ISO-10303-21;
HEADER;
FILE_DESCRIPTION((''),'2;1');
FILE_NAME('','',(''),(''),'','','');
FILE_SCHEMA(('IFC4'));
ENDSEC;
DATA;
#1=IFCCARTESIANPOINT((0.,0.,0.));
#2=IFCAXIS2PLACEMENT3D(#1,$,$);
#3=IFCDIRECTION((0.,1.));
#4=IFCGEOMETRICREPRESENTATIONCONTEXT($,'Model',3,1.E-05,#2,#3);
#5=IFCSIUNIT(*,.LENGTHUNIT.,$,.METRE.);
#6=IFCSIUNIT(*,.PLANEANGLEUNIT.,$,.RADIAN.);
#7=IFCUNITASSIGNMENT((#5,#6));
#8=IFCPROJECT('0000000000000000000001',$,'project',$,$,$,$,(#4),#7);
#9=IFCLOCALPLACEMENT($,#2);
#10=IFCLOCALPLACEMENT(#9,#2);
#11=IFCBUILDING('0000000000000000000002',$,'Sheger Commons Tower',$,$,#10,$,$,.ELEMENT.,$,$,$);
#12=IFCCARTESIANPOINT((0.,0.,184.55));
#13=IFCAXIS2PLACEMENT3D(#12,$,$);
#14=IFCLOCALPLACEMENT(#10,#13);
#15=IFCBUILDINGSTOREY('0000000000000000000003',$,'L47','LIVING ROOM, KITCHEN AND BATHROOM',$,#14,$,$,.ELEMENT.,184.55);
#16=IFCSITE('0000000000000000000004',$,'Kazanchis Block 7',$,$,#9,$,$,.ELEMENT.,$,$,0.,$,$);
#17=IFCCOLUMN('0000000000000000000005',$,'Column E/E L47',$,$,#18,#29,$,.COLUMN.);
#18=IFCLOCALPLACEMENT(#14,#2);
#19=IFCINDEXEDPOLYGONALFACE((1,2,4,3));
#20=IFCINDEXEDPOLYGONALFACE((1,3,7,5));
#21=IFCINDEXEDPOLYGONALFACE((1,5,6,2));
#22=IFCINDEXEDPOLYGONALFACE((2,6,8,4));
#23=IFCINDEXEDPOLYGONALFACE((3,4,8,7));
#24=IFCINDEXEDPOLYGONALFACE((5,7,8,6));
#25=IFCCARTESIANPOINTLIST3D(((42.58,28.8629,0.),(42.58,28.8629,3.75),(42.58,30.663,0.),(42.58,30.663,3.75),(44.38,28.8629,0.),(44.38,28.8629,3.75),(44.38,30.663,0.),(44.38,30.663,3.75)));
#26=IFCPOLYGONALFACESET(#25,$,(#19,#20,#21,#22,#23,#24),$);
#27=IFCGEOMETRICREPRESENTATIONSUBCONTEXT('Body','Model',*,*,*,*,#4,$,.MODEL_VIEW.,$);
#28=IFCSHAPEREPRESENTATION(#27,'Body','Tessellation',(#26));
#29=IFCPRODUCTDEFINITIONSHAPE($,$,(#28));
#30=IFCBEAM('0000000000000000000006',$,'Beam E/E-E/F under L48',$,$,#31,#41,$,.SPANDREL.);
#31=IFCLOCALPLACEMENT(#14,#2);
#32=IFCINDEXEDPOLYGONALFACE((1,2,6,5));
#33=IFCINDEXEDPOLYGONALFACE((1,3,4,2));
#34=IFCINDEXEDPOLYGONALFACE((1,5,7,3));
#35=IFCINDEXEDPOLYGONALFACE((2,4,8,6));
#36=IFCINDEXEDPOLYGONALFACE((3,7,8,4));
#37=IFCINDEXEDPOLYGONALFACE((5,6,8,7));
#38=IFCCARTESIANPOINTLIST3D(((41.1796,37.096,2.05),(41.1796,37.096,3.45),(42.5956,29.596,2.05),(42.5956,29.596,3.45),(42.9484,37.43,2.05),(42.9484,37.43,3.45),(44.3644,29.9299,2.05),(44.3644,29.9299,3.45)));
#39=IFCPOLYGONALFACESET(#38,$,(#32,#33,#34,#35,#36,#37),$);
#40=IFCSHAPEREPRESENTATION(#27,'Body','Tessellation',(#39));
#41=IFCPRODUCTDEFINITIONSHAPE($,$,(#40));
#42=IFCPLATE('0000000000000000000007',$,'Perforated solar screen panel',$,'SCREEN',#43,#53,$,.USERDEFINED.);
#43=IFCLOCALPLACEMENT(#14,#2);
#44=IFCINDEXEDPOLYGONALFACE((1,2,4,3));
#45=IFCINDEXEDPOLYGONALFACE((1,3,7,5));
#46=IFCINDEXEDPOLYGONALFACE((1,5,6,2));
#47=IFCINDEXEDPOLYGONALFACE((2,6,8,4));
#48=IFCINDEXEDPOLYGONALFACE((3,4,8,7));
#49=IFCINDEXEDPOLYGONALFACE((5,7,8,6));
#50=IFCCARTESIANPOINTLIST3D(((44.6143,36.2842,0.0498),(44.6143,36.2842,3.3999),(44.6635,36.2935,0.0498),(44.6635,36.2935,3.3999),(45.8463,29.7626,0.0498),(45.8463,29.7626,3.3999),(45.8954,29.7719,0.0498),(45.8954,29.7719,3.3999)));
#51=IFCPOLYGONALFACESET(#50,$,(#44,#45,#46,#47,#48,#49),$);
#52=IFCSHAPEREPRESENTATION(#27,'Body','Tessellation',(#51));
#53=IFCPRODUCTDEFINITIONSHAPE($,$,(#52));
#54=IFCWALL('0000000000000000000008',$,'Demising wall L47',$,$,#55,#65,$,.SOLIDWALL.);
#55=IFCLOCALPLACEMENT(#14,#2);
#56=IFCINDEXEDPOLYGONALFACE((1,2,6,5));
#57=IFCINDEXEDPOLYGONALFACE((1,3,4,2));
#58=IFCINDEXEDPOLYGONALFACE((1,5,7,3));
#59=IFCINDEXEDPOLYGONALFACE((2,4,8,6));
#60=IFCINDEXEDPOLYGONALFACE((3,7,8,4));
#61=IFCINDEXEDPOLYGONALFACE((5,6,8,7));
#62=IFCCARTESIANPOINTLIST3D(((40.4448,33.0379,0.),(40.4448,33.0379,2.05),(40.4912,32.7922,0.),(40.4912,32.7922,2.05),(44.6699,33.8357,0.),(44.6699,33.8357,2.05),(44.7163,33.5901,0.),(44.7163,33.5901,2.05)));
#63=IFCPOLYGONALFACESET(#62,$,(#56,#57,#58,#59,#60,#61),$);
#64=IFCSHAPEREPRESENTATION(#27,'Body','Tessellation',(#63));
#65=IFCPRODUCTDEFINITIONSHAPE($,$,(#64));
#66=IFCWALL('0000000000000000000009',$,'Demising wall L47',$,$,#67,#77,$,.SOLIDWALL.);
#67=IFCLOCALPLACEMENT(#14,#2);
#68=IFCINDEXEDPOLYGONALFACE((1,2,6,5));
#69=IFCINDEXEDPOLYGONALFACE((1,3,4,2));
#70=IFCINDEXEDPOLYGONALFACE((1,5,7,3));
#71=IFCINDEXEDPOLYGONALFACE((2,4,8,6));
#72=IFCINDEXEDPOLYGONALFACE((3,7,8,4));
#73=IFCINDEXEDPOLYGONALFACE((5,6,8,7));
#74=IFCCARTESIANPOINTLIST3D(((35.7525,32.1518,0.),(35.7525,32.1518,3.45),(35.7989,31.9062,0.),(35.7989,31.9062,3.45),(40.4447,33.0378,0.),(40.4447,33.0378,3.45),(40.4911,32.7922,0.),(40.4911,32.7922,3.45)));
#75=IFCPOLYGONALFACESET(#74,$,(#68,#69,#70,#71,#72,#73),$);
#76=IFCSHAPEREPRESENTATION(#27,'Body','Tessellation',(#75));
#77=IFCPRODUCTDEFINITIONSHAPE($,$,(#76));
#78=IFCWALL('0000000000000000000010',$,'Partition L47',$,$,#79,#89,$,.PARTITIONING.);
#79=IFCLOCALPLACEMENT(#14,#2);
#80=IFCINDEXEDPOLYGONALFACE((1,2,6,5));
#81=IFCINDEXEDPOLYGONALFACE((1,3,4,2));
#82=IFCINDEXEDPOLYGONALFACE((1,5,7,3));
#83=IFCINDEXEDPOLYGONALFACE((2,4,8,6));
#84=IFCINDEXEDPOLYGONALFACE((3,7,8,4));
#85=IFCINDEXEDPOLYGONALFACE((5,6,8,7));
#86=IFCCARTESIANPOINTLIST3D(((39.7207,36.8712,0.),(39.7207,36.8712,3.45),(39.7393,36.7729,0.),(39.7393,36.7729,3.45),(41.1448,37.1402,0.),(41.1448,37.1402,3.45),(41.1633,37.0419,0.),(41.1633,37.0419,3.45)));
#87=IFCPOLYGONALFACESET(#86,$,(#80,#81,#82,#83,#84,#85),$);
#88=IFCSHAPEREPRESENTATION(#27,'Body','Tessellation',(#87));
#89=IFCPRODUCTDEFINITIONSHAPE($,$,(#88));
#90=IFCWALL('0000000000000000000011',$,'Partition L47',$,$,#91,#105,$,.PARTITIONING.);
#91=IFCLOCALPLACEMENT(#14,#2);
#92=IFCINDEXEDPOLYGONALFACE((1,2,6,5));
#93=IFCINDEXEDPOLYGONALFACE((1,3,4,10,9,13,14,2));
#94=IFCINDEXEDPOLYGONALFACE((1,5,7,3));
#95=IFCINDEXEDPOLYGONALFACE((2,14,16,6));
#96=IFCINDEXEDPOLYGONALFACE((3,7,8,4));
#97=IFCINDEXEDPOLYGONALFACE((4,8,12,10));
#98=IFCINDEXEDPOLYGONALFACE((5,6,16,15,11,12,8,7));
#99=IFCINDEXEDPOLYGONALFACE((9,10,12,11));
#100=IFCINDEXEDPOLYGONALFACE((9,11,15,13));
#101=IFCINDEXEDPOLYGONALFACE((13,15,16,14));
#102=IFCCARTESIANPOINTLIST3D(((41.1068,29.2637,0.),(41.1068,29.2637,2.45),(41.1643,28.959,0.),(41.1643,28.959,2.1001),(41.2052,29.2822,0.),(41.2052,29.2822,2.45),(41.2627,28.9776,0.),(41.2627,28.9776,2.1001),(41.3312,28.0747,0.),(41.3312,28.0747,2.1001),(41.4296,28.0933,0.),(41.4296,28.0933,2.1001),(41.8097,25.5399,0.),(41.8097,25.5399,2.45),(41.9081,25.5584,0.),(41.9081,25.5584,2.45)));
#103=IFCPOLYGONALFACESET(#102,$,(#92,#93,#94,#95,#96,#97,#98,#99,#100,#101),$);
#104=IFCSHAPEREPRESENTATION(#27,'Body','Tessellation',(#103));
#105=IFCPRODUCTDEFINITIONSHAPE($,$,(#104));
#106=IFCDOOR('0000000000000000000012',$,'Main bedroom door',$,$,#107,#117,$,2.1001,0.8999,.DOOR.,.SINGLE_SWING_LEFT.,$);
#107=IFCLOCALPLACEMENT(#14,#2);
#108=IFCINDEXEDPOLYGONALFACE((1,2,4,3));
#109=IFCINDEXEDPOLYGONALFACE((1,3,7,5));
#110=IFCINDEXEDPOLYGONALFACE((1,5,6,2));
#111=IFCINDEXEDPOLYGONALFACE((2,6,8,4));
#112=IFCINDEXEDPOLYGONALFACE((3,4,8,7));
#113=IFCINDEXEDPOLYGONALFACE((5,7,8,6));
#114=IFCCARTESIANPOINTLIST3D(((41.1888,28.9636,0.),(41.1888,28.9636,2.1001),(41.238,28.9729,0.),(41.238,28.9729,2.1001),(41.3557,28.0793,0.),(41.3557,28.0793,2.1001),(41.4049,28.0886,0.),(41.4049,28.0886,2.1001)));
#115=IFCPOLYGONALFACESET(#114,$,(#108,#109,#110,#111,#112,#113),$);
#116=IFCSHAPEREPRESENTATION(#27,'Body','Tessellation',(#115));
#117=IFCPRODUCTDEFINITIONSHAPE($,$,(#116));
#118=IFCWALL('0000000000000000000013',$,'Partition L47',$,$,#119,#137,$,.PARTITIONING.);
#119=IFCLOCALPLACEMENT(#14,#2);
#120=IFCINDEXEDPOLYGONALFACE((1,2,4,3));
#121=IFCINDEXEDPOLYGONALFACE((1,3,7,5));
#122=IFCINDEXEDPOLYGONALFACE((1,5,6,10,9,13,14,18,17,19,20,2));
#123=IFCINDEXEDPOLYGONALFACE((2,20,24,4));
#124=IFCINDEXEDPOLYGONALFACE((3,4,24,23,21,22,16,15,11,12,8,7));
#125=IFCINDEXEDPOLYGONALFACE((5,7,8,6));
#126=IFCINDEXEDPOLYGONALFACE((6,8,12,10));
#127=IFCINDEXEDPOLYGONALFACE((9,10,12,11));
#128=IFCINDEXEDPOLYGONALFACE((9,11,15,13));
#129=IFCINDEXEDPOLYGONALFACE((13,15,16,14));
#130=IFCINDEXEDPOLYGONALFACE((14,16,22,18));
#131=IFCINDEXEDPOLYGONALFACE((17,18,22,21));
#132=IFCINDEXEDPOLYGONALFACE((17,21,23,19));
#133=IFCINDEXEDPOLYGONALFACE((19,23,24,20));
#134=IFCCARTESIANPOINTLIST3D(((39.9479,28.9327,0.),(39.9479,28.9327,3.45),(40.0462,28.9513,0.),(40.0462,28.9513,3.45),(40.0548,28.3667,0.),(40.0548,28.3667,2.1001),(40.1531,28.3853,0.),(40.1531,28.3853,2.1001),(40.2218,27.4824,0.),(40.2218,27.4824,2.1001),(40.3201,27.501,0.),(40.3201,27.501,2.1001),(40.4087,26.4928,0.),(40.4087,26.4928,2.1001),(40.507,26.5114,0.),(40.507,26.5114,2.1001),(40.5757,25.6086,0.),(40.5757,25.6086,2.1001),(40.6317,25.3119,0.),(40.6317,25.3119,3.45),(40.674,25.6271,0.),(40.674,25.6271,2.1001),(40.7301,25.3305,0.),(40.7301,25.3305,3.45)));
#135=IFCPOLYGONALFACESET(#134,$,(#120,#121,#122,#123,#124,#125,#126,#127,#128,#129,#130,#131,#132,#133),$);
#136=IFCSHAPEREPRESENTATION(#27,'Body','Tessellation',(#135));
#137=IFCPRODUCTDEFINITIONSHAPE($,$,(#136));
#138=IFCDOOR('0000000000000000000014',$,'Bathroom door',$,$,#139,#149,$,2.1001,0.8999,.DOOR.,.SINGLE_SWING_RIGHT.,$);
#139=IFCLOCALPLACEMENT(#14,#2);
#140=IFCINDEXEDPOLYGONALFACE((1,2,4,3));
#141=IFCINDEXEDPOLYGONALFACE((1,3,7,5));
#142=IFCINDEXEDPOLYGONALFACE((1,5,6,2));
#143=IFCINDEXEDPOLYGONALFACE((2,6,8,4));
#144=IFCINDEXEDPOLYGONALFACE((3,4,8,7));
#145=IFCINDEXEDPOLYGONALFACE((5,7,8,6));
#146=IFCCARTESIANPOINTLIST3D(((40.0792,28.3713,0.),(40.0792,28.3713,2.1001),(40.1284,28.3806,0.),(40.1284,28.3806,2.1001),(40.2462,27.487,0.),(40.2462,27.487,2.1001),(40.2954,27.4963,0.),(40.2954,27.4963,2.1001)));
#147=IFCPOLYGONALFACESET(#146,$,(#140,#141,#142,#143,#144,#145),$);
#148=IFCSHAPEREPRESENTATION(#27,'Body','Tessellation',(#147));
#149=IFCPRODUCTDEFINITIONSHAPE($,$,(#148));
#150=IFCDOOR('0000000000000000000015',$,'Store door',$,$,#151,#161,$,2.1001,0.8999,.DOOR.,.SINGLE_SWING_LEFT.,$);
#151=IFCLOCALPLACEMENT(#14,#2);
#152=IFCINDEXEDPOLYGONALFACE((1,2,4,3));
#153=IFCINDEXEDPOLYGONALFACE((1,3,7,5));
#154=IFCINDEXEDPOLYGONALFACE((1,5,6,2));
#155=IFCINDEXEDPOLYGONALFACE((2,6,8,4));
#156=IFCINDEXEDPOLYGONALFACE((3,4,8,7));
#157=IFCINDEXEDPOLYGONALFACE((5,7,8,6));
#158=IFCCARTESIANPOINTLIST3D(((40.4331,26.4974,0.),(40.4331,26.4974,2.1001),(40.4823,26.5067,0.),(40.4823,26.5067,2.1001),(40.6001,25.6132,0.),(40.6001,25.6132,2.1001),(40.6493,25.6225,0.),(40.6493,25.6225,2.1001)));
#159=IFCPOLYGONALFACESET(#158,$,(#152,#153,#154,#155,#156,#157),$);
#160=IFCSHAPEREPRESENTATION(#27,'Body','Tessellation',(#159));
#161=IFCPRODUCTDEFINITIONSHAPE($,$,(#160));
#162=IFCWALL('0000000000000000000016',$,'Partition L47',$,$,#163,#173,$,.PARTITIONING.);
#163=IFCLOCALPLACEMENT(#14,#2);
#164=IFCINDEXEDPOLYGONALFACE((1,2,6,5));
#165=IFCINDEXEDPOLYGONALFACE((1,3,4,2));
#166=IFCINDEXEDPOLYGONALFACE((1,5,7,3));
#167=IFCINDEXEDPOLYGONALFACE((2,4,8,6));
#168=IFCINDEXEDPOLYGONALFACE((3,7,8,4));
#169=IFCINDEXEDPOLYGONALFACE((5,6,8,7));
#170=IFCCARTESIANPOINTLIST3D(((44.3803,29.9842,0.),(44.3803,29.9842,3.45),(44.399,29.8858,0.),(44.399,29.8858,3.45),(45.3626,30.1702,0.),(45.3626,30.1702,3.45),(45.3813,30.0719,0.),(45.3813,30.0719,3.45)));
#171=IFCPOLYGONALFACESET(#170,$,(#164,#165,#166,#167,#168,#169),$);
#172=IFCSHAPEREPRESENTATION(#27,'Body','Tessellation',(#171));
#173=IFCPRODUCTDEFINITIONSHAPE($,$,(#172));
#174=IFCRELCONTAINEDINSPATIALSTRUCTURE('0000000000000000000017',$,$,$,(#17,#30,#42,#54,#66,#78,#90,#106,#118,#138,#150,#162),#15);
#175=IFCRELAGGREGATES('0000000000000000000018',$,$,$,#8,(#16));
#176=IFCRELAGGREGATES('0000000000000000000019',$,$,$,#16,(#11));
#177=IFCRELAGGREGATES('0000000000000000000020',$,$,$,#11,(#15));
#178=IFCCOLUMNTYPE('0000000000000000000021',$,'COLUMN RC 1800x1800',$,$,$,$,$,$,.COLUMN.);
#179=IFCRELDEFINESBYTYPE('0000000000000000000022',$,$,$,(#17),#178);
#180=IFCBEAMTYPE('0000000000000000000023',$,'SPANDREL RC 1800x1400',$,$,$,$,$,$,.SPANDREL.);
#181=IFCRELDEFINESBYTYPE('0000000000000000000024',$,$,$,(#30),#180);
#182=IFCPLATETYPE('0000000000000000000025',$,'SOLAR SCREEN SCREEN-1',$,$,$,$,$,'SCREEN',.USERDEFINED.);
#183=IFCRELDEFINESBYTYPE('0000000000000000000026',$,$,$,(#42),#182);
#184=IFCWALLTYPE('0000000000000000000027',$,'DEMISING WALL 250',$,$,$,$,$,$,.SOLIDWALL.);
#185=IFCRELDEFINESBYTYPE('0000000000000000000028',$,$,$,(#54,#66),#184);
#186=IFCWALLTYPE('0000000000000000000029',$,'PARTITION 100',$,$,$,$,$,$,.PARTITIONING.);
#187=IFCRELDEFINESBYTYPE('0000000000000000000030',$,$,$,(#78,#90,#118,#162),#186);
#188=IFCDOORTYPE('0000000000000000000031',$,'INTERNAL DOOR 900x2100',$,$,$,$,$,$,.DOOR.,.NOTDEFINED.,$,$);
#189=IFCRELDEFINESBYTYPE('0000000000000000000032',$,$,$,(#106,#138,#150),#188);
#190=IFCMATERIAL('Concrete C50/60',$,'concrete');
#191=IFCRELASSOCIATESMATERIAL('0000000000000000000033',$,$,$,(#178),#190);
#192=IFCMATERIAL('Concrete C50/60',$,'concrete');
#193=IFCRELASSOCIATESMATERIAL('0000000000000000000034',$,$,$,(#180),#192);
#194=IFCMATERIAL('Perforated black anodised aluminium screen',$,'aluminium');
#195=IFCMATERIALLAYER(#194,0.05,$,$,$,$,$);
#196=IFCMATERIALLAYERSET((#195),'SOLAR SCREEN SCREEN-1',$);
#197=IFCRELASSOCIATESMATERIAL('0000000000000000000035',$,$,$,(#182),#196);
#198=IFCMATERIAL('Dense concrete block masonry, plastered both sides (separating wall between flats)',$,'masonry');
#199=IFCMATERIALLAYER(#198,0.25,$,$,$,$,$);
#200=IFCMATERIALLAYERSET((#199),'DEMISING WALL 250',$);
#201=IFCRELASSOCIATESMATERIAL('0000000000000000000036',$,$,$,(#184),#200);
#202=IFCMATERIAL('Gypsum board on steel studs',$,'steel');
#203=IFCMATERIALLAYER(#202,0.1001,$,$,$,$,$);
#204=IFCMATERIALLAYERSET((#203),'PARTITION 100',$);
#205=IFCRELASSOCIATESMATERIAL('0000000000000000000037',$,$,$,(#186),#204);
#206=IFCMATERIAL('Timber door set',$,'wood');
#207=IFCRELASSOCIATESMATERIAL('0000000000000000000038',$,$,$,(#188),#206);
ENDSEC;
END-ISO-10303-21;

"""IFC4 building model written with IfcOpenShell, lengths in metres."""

from ifc_helpers import new_model, si_unit, direction, frame, frame_2d, origin, origin_2d, place, context, subcontext, project, spatial, rectangle, extrude, material, layer, layer_set, material_profile, profile_set, type_object, element, fill, save


model = new_model("IFC4")

# Units and contexts
model_context = context("Model", 3, precision=1e-05, world=origin(), true_north=direction((0.0, 1.0)))
body_context = subcontext(model_context, "Body", "Model", "MODEL_VIEW")
ifc_project = project(units=[si_unit("LENGTHUNIT", "METRE"), si_unit("PLANEANGLEUNIT", "RADIAN")], contexts=[model_context])

# Site, building, storey
site_placement = place(None, origin())
site = spatial("IfcSite", under=ifc_project, at=site_placement, Name="Kazanchis Block 7", CompositionType="ELEMENT", RefElevation=0.0)
building_placement = place(site_placement, origin())
building = spatial("IfcBuilding", under=site, at=building_placement, Name="Sheger Commons Tower", CompositionType="ELEMENT")
storey_placement = place(building_placement, frame((0.0, 0.0, 184.55)))
storey = spatial("IfcBuildingStorey", under=building, at=storey_placement, Name="L47", Description="LIVING ROOM, KITCHEN AND BATHROOM", CompositionType="ELEMENT", Elevation=184.55)

# Column
ifc_material_1 = material(Name="Concrete C50/60", Category="concrete")
ifc_material_profile_1 = material_profile(ifc_material_1, rectangle(XDim=1.8, YDim=1.8, at=origin_2d()), Name="RC 1800x1800")
ifc_profile_set_1 = profile_set([ifc_material_profile_1], Name="Concrete C50/60")
column_type = type_object("IfcColumnType", Name="COLUMN RC 1800x1800", PredefinedType="COLUMN", material=ifc_profile_set_1)
column_placement = place(storey_placement, frame((43.48, 29.7629, 0.0), z_axis=(0.0, 0.0, 1.0), x_axis=(1.0, 0.0, 0.0)))
element("IfcColumn", 1, at=column_placement, inside=storey, type_object=column_type, Name="Column E/E L47", PredefinedType="COLUMN", context=body_context, shape_type="SweptSolid", body=[
    extrude(rectangle(XDim=1.8, YDim=1.8, at=origin_2d()), origin(), (0.0, 0.0, 1.0), 3.75),
])

# Beam
ifc_material_2 = material(Name="Concrete C50/60", Category="concrete")
ifc_material_profile_2 = material_profile(ifc_material_2, rectangle(XDim=1.8, YDim=1.3999, at=origin_2d()), Name="RC 1800x1400")
ifc_profile_set_2 = profile_set([ifc_material_profile_2], Name="Concrete C50/60")
beam_type = type_object("IfcBeamType", Name="SPANDREL RC 1800x1400", PredefinedType="SPANDREL", material=ifc_profile_set_2)
beam_placement = place(storey_placement, frame((43.48, 29.7629, 2.75), z_axis=(-0.185524, 0.98264, 0.0), x_axis=(-0.98264, -0.185524, 0.0)))
element("IfcBeam", 2, at=beam_placement, inside=storey, type_object=beam_type, Name="Beam E/E-E/F under L48", PredefinedType="SPANDREL", context=body_context, shape_type="SweptSolid", body=[
    extrude(rectangle(XDim=1.8, YDim=1.3999, at=origin_2d()), origin(), (0.0, 0.0, 1.0), 7.6326),
])

# Plate
ifc_material_3 = material(Name="Perforated black anodised aluminium screen", Category="aluminium")
ifc_layer_1 = layer(ifc_material_3, 0.05)
ifc_layer_set_1 = layer_set([ifc_layer_1], Name="SOLAR SCREEN SCREEN-1")
plate_type = type_object("IfcPlateType", Name="SOLAR SCREEN SCREEN-1", ElementType="SCREEN", PredefinedType="USERDEFINED", material=ifc_layer_set_1)
plate_placement = place(storey_placement, frame((45.2549, 33.0281, 0.0498), z_axis=(0.0, 0.0, 1.0), x_axis=(-0.185615, 0.982623, 0.0)))
element("IfcPlate", 3, at=plate_placement, inside=storey, type_object=plate_type, Name="Perforated solar screen panel", ObjectType="SCREEN", PredefinedType="USERDEFINED", context=body_context, shape_type="SweptSolid", body=[
    extrude(rectangle(XDim=6.637, YDim=0.05, at=origin_2d()), origin(), (0.0, 0.0, 1.0), 3.3501),
])

# Walls
ifc_material_4 = material(Name="Dense concrete block masonry, plastered both sides (separating wall between flats)", Category="masonry")
ifc_layer_2 = layer(ifc_material_4, 0.25)
ifc_layer_set_2 = layer_set([ifc_layer_2], Name="DEMISING WALL 250")
wall_type_1 = type_object("IfcWallType", Name="DEMISING WALL 250", PredefinedType="SOLIDWALL", material=ifc_layer_set_2)
wall_1_placement = place(storey_placement, frame((44.6931, 33.7129, 0.0), z_axis=(0.0, 0.0, 1.0), x_axis=(-0.982634, -0.185557, 0.0)))
element("IfcWall", 4, at=wall_1_placement, inside=storey, type_object=wall_type_1, Name="Demising wall L47", PredefinedType="SOLIDWALL", context=body_context, shape_type="SweptSolid", body=[
    extrude(rectangle(XDim=4.2998, YDim=0.25, at=frame_2d((2.1499, 0.0))), origin(), (0.0, 0.0, 1.0), 2.05),
])
wall_2_placement = place(storey_placement, frame((40.468, 32.915, 0.0), z_axis=(0.0, 0.0, 1.0), x_axis=(-0.982636, -0.185545, 0.0)))
element("IfcWall", 5, at=wall_2_placement, inside=storey, type_object=wall_type_1, Name="Demising wall L47", PredefinedType="SOLIDWALL", context=body_context, shape_type="SweptSolid", body=[
    extrude(rectangle(XDim=4.7751, YDim=0.25, at=frame_2d((2.3877, 0.0))), origin(), (0.0, 0.0, 1.0), 3.45),
])
ifc_material_5 = material(Name="Gypsum board on steel studs", Category="steel")
ifc_layer_3 = layer(ifc_material_5, 0.1001)
ifc_layer_set_3 = layer_set([ifc_layer_3], Name="PARTITION 100")
wall_type_2 = type_object("IfcWallType", Name="PARTITION 100", PredefinedType="PARTITIONING", material=ifc_layer_set_3)
wall_3_placement = place(storey_placement, frame((41.1541, 37.0911, 0.0), z_axis=(0.0, 0.0, 1.0), x_axis=(-0.982618, -0.185641, 0.0)))
element("IfcWall", 6, at=wall_3_placement, inside=storey, type_object=wall_type_2, Name="Partition L47", PredefinedType="PARTITIONING", context=body_context, shape_type="SweptSolid", body=[
    extrude(rectangle(XDim=1.4492, YDim=0.1001, at=frame_2d((0.7246, 0.0))), origin(), (0.0, 0.0, 1.0), 3.45),
])

# Wall, opening, door
wall_4_placement = place(storey_placement, frame((41.156, 29.2729, 0.0), z_axis=(0.0, 0.0, 1.0), x_axis=(0.185475, -0.982649, 0.0)))
wall_4 = element("IfcWall", 7, at=wall_4_placement, inside=storey, type_object=wall_type_2, Name="Partition L47", PredefinedType="PARTITIONING", context=body_context, shape_type="SweptSolid", body=[
    extrude(rectangle(XDim=3.7896, YDim=0.1001, at=frame_2d((1.8948, 0.0))), origin(), (0.0, 0.0, 1.0), 2.45),
])
opening_1_placement = place(wall_4_placement, frame((0.3101, 0.0, 0.0)))
opening_1 = element("IfcOpeningElement", 8, at=opening_1_placement, cuts=wall_4, PredefinedType="OPENING", context=body_context, shape_type="SweptSolid", body=[
    extrude(rectangle(XDim=0.8999, YDim=2.1001, at=frame_2d((0.45, 1.05))), frame((0.0, 0.0601, 0.0), z_axis=(0.0, -1.0, 0.0), x_axis=(1.0, 0.0, 0.0)), (0.0, 0.0, 1.0), 0.1201),
])
ifc_material_6 = material(Name="Timber door set", Category="wood")
door_type = type_object("IfcDoorType", Name="INTERNAL DOOR 900x2100", OperationType="NOTDEFINED", PredefinedType="DOOR", material=ifc_material_6)
door_1_placement = place(opening_1_placement, origin())
door_1 = element("IfcDoor", 9, at=door_1_placement, inside=storey, type_object=door_type, Name="Main bedroom door", OperationType="SINGLE_SWING_LEFT", OverallHeight=2.1001, OverallWidth=0.8999, PredefinedType="DOOR", context=body_context, shape_type="SweptSolid", body=[
    extrude(rectangle(XDim=0.8999, YDim=2.1001, at=frame_2d((0.45, 1.05))), frame((0.0, 0.0249, 0.0), z_axis=(0.0, -1.0, 0.0), x_axis=(1.0, 0.0, 0.0)), (0.0, 0.0, 1.0), 0.05),
])
fill(opening_1, door_1)

# Wall, openings, doors
wall_5_placement = place(storey_placement, frame((39.9971, 28.9419, 0.0), z_axis=(0.0, 0.0, 1.0), x_axis=(0.18558, -0.982629, 0.0)))
wall_5 = element("IfcWall", 10, at=wall_5_placement, inside=storey, type_object=wall_type_2, Name="Partition L47", PredefinedType="PARTITIONING", context=body_context, shape_type="SweptSolid", body=[
    extrude(rectangle(XDim=3.6848, YDim=0.1001, at=frame_2d((1.8423, 0.0))), origin(), (0.0, 0.0, 1.0), 3.45),
])
opening_2_placement = place(wall_5_placement, frame((0.5759, 0.0, 0.0)))
opening_2 = element("IfcOpeningElement", 11, at=opening_2_placement, cuts=wall_5, PredefinedType="OPENING", context=body_context, shape_type="SweptSolid", body=[
    extrude(rectangle(XDim=0.8999, YDim=2.1001, at=frame_2d((0.45, 1.05))), frame((0.0, 0.0601, 0.0), z_axis=(0.0, -1.0, 0.0), x_axis=(1.0, 0.0, 0.0)), (0.0, 0.0, 1.0), 0.1201),
])
opening_3_placement = place(wall_5_placement, frame((2.4829, 0.0, 0.0)))
opening_3 = element("IfcOpeningElement", 12, at=opening_3_placement, cuts=wall_5, PredefinedType="OPENING", context=body_context, shape_type="SweptSolid", body=[
    extrude(rectangle(XDim=0.8999, YDim=2.1001, at=frame_2d((0.45, 1.05))), frame((0.0, 0.0601, 0.0), z_axis=(0.0, -1.0, 0.0), x_axis=(1.0, 0.0, 0.0)), (0.0, 0.0, 1.0), 0.1201),
])
door_2_placement = place(opening_2_placement, origin())
door_2 = element("IfcDoor", 13, at=door_2_placement, inside=storey, type_object=door_type, Name="Bathroom door", OperationType="SINGLE_SWING_RIGHT", OverallHeight=2.1001, OverallWidth=0.8999, PredefinedType="DOOR", context=body_context, shape_type="SweptSolid", body=[
    extrude(rectangle(XDim=0.8999, YDim=2.1001, at=frame_2d((0.45, 1.05))), frame((0.0, 0.0249, 0.0), z_axis=(0.0, -1.0, 0.0), x_axis=(1.0, 0.0, 0.0)), (0.0, 0.0, 1.0), 0.05),
])
fill(opening_2, door_2)
door_3_placement = place(opening_3_placement, origin())
door_3 = element("IfcDoor", 14, at=door_3_placement, inside=storey, type_object=door_type, Name="Store door", OperationType="SINGLE_SWING_LEFT", OverallHeight=2.1001, OverallWidth=0.8999, PredefinedType="DOOR", context=body_context, shape_type="SweptSolid", body=[
    extrude(rectangle(XDim=0.8999, YDim=2.1001, at=frame_2d((0.45, 1.05))), frame((0.0, 0.0249, 0.0), z_axis=(0.0, -1.0, 0.0), x_axis=(1.0, 0.0, 0.0)), (0.0, 0.0, 1.0), 0.05),
])
fill(opening_3, door_3)

# Wall
wall_6_placement = place(storey_placement, frame((45.3721, 30.1211, 0.0), z_axis=(0.0, 0.0, 1.0), x_axis=(-0.98253, -0.186102, 0.0)))
element("IfcWall", 15, at=wall_6_placement, inside=storey, type_object=wall_type_2, Name="Partition L47", PredefinedType="PARTITIONING", context=body_context, shape_type="SweptSolid", body=[
    extrude(rectangle(XDim=0.9998, YDim=0.1001, at=frame_2d((0.5, 0.0))), origin(), (0.0, 0.0, 1.0), 3.45),
])

save(model, "model.ifc")
